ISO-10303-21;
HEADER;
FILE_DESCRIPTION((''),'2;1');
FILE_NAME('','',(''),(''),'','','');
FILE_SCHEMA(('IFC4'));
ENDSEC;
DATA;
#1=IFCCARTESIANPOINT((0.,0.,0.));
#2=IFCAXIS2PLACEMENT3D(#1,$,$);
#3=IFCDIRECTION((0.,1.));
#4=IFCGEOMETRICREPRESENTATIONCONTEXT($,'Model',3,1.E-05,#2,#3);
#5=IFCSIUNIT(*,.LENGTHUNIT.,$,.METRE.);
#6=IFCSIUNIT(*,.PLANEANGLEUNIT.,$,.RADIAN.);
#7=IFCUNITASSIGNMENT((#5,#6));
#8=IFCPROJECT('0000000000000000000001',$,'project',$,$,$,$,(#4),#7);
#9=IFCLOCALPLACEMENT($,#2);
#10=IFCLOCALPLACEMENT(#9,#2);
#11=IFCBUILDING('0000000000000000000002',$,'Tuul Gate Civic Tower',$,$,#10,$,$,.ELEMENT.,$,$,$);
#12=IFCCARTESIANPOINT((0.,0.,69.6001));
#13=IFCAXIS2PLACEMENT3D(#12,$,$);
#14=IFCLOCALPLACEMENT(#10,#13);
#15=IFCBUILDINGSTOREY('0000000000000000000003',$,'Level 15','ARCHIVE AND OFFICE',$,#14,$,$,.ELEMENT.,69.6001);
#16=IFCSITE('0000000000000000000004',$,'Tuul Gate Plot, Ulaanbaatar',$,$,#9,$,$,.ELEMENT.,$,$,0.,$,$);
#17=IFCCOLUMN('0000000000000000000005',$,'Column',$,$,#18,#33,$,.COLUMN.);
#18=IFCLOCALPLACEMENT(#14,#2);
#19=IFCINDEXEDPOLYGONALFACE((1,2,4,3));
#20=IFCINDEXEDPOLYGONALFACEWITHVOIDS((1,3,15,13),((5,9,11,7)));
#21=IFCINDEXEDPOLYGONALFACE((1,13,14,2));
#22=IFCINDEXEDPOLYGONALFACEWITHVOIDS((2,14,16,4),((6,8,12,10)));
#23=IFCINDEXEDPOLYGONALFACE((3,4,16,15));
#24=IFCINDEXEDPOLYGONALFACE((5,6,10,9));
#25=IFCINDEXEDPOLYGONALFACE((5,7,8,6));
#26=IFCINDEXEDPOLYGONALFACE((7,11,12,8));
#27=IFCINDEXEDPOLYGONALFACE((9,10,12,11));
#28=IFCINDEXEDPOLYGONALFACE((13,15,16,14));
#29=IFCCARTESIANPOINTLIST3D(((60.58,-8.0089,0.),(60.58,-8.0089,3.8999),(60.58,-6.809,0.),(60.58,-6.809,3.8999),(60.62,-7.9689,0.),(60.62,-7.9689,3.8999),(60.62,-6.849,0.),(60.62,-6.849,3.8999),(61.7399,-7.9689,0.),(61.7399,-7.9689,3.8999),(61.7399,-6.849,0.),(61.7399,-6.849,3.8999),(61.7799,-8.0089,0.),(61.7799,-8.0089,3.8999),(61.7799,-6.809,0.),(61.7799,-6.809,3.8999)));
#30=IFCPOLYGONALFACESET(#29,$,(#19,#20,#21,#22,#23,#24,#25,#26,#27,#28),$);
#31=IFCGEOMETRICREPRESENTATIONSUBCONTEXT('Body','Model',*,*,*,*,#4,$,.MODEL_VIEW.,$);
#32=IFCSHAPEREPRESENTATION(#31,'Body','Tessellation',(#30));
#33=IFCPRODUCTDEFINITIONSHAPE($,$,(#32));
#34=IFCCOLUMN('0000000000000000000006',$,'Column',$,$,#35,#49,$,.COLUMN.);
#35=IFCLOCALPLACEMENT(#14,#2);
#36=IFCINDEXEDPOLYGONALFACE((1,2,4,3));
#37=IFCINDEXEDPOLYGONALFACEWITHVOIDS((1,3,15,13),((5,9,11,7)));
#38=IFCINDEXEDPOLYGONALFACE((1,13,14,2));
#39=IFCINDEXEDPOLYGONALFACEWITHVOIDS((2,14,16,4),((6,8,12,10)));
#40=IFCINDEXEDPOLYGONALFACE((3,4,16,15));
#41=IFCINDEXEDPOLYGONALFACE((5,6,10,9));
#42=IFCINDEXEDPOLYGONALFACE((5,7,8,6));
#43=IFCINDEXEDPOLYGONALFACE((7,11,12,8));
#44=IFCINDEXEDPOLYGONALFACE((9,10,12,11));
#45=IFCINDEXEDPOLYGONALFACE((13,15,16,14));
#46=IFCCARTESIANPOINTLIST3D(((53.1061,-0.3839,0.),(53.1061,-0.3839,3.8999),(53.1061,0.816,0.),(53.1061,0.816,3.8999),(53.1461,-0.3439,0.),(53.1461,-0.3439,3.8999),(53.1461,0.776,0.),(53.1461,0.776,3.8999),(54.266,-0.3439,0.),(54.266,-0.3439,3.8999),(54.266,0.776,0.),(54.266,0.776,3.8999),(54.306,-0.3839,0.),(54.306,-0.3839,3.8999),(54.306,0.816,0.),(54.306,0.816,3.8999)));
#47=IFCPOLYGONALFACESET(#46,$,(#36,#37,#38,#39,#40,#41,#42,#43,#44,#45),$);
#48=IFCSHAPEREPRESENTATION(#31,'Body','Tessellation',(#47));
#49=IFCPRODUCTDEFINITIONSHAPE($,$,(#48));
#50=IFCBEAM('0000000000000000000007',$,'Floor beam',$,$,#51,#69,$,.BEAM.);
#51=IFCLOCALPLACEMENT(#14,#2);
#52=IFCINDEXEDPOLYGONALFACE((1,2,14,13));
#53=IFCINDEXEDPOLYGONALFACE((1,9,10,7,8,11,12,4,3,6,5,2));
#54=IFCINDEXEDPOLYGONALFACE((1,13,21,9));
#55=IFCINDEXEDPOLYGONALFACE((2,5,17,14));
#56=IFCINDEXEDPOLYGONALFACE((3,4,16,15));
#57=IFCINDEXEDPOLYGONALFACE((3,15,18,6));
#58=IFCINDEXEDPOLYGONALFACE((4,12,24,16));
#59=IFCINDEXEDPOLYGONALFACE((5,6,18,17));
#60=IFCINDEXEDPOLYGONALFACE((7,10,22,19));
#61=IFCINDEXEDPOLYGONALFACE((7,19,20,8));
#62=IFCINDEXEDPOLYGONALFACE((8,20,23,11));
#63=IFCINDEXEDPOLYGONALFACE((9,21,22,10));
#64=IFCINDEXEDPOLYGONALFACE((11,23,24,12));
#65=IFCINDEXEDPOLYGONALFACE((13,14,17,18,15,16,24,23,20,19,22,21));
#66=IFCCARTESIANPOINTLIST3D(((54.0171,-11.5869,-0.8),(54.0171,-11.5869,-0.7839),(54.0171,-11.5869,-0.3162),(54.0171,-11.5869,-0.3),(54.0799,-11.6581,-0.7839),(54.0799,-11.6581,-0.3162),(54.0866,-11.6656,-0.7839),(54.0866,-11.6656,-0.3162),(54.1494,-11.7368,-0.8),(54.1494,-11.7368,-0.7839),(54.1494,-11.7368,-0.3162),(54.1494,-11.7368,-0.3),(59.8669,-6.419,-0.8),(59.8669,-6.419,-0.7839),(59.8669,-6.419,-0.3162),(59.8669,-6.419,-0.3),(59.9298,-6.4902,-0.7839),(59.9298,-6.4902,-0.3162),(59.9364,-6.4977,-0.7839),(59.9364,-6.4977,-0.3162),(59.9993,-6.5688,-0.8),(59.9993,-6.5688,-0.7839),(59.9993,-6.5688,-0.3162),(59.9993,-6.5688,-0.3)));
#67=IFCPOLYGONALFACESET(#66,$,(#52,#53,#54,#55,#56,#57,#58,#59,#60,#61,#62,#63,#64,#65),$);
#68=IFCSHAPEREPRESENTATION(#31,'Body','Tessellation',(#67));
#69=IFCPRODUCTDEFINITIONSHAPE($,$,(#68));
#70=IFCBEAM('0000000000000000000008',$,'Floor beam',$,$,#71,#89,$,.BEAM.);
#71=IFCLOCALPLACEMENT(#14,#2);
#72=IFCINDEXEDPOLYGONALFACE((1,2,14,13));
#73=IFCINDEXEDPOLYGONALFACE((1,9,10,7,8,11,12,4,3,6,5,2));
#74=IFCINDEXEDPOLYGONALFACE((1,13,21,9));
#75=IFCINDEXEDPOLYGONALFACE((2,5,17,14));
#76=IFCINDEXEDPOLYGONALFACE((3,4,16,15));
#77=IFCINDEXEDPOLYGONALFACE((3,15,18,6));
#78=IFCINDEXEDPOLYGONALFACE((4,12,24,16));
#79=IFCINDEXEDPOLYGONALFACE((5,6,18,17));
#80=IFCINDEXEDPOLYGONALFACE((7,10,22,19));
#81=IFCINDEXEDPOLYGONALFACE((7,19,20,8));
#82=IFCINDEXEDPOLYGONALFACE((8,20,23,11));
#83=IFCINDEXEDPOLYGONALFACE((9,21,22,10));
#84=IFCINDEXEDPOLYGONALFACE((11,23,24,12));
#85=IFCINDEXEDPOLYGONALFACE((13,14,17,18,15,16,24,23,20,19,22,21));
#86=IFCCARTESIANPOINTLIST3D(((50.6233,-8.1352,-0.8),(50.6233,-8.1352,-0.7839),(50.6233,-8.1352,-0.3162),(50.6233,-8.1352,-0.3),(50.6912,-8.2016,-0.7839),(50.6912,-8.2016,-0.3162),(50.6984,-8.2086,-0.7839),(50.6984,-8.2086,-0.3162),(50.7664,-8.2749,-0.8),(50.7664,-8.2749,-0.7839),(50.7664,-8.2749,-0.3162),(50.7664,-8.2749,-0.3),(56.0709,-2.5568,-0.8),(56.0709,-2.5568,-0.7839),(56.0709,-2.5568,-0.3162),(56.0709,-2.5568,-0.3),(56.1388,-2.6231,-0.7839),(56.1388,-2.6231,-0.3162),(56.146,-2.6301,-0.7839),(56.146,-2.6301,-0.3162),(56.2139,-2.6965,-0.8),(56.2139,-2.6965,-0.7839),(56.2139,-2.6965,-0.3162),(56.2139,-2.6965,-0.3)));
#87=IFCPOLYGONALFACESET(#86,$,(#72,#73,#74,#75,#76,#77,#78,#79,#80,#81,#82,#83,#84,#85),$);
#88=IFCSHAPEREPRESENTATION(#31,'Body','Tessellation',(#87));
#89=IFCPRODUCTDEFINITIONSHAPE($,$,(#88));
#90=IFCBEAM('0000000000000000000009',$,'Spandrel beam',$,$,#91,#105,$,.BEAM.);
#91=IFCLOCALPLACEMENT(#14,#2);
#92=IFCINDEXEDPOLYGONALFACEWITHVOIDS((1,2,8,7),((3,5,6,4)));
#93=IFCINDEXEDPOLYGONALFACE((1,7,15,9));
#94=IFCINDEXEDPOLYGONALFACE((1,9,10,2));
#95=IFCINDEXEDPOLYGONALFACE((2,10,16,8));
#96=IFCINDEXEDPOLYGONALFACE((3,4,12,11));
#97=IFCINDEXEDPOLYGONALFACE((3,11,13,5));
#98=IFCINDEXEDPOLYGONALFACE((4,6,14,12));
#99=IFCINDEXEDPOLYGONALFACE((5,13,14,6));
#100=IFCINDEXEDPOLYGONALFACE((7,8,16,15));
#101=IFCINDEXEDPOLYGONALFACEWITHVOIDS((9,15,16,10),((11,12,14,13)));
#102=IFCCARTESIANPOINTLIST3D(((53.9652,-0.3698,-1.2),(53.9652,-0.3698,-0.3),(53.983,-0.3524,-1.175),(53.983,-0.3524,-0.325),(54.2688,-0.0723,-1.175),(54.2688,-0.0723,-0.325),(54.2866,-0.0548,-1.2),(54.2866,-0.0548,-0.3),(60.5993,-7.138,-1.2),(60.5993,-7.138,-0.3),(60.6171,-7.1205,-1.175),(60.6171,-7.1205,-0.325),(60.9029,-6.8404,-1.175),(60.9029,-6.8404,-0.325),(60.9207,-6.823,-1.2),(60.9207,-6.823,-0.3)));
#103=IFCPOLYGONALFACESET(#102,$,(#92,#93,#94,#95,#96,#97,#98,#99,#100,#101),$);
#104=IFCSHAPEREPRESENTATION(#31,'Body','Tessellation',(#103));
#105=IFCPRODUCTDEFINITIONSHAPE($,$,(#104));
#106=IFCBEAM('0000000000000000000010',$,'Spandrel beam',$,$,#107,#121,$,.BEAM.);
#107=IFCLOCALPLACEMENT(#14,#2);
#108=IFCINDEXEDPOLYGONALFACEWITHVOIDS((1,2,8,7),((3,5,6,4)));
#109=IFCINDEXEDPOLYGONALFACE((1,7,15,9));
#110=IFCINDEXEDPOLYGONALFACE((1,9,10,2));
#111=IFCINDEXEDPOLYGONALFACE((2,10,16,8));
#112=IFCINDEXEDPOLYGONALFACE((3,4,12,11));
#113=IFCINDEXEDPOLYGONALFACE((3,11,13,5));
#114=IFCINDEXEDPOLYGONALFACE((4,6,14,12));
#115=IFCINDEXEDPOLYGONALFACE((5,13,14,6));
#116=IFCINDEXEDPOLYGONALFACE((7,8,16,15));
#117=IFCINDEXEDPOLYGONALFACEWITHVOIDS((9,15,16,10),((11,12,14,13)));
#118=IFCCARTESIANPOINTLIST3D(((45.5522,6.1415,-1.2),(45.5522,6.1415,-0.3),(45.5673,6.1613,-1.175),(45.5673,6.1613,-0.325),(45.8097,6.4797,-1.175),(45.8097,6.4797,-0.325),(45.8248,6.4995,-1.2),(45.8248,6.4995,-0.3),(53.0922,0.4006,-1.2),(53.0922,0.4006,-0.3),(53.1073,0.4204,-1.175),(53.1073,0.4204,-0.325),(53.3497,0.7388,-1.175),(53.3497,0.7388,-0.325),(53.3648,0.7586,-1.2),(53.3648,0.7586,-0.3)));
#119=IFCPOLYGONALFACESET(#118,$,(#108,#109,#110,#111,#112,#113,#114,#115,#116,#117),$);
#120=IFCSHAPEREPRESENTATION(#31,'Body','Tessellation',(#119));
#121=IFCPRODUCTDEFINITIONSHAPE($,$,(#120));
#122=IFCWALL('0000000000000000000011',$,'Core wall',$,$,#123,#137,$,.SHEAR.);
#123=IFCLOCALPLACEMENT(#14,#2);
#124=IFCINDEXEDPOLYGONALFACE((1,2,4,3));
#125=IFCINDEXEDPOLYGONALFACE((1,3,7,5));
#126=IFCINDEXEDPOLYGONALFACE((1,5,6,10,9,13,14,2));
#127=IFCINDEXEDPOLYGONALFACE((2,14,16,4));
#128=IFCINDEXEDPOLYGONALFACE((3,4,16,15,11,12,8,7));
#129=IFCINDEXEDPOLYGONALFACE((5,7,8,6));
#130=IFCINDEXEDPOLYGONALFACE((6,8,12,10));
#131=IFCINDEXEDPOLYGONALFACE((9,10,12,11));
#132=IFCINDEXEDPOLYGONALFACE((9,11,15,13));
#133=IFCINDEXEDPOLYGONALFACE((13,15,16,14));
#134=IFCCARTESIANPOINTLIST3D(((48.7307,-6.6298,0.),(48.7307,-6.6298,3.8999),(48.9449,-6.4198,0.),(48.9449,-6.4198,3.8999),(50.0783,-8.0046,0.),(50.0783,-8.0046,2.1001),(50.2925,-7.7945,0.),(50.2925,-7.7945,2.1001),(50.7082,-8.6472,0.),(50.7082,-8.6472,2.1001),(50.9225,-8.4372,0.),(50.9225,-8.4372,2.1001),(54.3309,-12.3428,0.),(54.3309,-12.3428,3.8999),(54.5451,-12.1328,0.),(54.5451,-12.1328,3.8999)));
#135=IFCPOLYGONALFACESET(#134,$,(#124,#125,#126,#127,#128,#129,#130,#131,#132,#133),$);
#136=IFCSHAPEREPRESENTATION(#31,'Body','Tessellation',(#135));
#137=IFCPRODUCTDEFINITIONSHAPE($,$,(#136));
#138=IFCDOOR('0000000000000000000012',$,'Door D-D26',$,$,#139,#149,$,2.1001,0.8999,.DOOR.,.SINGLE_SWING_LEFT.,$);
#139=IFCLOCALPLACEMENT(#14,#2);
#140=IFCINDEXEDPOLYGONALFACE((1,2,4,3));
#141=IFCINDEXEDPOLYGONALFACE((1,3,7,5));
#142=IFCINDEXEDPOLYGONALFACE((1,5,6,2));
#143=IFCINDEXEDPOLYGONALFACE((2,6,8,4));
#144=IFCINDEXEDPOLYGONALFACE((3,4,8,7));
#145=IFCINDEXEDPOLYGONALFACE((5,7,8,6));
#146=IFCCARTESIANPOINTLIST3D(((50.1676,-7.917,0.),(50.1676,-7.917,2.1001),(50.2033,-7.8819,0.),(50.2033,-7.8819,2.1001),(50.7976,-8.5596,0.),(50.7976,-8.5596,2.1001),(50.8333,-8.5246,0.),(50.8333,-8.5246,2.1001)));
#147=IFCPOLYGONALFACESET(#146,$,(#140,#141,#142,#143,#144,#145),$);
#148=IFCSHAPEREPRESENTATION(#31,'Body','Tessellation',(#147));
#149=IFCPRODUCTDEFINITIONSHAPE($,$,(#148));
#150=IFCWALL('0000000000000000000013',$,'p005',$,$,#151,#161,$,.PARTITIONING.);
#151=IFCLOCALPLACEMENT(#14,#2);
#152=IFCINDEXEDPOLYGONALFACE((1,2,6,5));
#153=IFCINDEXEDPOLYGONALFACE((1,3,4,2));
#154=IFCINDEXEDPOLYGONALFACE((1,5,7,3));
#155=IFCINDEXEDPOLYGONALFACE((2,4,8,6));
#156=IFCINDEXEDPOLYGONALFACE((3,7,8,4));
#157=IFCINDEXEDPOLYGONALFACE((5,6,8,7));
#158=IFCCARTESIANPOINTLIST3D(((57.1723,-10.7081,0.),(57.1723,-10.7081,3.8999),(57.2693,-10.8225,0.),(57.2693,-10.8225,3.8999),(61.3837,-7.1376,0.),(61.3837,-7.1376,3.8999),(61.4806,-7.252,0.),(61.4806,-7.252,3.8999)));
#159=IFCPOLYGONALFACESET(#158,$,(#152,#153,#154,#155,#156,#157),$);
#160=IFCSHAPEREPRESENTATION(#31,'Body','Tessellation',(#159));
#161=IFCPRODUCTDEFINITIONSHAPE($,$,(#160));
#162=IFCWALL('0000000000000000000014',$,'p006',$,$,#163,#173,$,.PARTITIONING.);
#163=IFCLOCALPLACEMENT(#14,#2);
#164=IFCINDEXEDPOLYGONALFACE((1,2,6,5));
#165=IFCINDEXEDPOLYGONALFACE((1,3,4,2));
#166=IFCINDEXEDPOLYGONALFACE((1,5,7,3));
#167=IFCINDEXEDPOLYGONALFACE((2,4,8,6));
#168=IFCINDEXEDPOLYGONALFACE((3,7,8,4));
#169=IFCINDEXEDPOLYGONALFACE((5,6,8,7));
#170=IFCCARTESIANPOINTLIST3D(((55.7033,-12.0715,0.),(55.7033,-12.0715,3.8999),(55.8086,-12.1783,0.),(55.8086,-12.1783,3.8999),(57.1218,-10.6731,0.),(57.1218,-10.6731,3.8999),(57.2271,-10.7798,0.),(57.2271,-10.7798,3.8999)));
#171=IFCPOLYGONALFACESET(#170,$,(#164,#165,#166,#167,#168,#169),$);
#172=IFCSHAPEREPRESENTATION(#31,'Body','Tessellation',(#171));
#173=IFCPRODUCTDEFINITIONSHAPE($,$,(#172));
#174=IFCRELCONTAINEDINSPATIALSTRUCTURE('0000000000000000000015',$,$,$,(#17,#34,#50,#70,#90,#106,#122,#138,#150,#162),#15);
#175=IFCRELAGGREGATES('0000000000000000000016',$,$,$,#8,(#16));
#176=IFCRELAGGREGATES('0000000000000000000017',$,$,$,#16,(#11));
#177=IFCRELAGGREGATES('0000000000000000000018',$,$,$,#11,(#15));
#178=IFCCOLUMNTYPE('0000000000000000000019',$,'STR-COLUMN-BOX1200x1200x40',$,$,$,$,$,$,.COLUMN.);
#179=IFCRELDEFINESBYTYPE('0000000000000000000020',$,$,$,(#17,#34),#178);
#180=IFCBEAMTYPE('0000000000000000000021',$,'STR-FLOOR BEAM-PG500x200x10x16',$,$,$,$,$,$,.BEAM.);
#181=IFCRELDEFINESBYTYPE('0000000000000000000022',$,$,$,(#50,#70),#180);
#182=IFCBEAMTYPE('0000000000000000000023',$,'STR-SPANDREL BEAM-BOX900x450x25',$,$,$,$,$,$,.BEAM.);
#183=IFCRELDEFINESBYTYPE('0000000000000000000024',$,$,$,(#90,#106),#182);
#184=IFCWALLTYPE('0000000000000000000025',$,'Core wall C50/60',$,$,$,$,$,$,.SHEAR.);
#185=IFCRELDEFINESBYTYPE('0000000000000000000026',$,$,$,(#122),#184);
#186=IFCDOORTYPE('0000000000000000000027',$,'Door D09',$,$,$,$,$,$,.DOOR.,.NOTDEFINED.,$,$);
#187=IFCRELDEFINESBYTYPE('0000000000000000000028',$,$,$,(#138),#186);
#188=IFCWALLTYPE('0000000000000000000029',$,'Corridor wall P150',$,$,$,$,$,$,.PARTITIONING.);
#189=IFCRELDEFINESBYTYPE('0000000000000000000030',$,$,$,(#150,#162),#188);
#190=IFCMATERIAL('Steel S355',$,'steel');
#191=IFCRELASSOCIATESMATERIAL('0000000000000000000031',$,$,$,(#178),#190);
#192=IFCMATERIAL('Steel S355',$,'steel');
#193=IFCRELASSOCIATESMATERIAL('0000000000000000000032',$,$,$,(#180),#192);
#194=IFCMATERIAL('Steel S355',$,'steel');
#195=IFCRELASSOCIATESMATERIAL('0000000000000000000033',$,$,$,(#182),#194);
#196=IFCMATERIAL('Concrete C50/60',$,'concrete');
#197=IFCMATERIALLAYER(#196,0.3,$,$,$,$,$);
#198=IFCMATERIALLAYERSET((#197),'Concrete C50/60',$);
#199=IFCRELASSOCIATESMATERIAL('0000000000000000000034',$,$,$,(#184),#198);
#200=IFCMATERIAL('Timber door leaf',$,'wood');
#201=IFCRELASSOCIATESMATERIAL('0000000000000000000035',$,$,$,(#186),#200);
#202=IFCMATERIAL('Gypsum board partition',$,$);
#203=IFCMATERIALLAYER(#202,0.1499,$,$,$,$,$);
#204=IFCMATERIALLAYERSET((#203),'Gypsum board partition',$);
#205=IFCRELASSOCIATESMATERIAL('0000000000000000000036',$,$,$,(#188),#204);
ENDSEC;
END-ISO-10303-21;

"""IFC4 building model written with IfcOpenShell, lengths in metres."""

from ifc_helpers import new_model, si_unit, direction, frame, frame_2d, origin, origin_2d, place, context, subcontext, project, spatial, rectangle, hollow_rectangle, i_section, extrude, material, layer, layer_set, material_profile, profile_set, type_object, element, fill, save


model = new_model("IFC4")

# Units and contexts
model_context = context("Model", 3, precision=1e-05, world=origin(), true_north=direction((0.0, 1.0)))
body_context = subcontext(model_context, "Body", "Model", "MODEL_VIEW")
ifc_project = project(units=[si_unit("LENGTHUNIT", "METRE"), si_unit("PLANEANGLEUNIT", "RADIAN")], contexts=[model_context])

# Site, building, storey
site_placement = place(None, origin())
site = spatial("IfcSite", under=ifc_project, at=site_placement, Name="Tuul Gate Plot, Ulaanbaatar", CompositionType="ELEMENT", RefElevation=0.0)
building_placement = place(site_placement, origin())
building = spatial("IfcBuilding", under=site, at=building_placement, Name="Tuul Gate Civic Tower", CompositionType="ELEMENT")
storey_placement = place(building_placement, frame((0.0, 0.0, 69.6001)))
storey = spatial("IfcBuildingStorey", under=building, at=storey_placement, Name="Level 15", Description="ARCHIVE AND OFFICE", CompositionType="ELEMENT", Elevation=69.6001)

# Columns
ifc_material_1 = material(Name="Steel S355", Category="steel")
ifc_material_profile_1 = material_profile(ifc_material_1, hollow_rectangle(XDim=1.2, YDim=1.2, WallThickness=0.04, at=origin_2d()), Name="BOX1200x1200x40")
ifc_profile_set_1 = profile_set([ifc_material_profile_1], Name="Steel S355")
column_type = type_object("IfcColumnType", Name="STR-COLUMN-BOX1200x1200x40", PredefinedType="COLUMN", material=ifc_profile_set_1)
for number, where, z_axis, x_axis, name in (
    (1, (61.1799, -7.4089, 0.0), (0.0, 0.0, 1.0), (1.0, 0.0, 0.0), "Column"),
    (2, (53.7061, 0.2161, 0.0), (0.0, 0.0, 1.0), (1.0, 0.0, 0.0), "Column"),
):
    element("IfcColumn", number, at=place(storey_placement, frame(where, z_axis=z_axis, x_axis=x_axis)), inside=storey, type_object=column_type, Name=name, PredefinedType="COLUMN", context=body_context, shape_type="SweptSolid", body=[
        extrude(hollow_rectangle(XDim=1.2, YDim=1.2, WallThickness=0.04, at=origin_2d()), origin(), (0.0, 0.0, 1.0), 3.8999),
    ])

# Beams
ifc_material_2 = material(Name="Steel S355", Category="steel")
ifc_material_profile_2 = material_profile(ifc_material_2, i_section(OverallWidth=0.2, OverallDepth=0.5, WebThickness=0.01, FlangeThickness=0.0161, at=origin_2d()), Name="PG500x200x10x16")
ifc_profile_set_2 = profile_set([ifc_material_profile_2], Name="Steel S355")
beam_type_1 = type_object("IfcBeamType", Name="STR-FLOOR BEAM-PG500x200x10x16", PredefinedType="BEAM", material=ifc_profile_set_2)
beam_1_placement = place(storey_placement, frame((54.0833, -11.6619, -0.55), z_axis=(0.749435, 0.662078, 0.0), x_axis=(-0.662078, 0.749435, 0.0)))
element("IfcBeam", 3, at=beam_1_placement, inside=storey, type_object=beam_type_1, Name="Floor beam", PredefinedType="BEAM", context=body_context, shape_type="SweptSolid", body=[
    extrude(i_section(OverallWidth=0.2, OverallDepth=0.5, WebThickness=0.01, FlangeThickness=0.0161, at=origin_2d()), origin(), (0.0, 0.0, 1.0), 7.8057),
])
beam_2_placement = place(storey_placement, frame((50.6948, -8.2051, -0.55), z_axis=(0.698665, 0.715449, 0.0), x_axis=(-0.715449, 0.698665, 0.0)))
element("IfcBeam", 4, at=beam_2_placement, inside=storey, type_object=beam_type_1, Name="Floor beam", PredefinedType="BEAM", context=body_context, shape_type="SweptSolid", body=[
    extrude(i_section(OverallWidth=0.2, OverallDepth=0.5, WebThickness=0.01, FlangeThickness=0.0161, at=origin_2d()), origin(), (0.0, 0.0, 1.0), 7.7971),
])
ifc_material_3 = material(Name="Steel S355", Category="steel")
ifc_material_profile_3 = material_profile(ifc_material_3, hollow_rectangle(XDim=0.45, YDim=0.8999, WallThickness=0.0249, at=origin_2d()), Name="BOX900x450x25")
ifc_profile_set_3 = profile_set([ifc_material_profile_3], Name="Steel S355")
beam_type_2 = type_object("IfcBeamType", Name="STR-SPANDREL BEAM-BOX900x450x25", PredefinedType="BEAM", material=ifc_profile_set_3)
beam_3_placement = place(storey_placement, frame((60.76, -6.9805, -0.75), z_axis=(-0.7, 0.714143, 0.0), x_axis=(-0.714143, -0.7, 0.0)))
element("IfcBeam", 5, at=beam_3_placement, inside=storey, type_object=beam_type_2, Name="Spandrel beam", PredefinedType="BEAM", context=body_context, shape_type="SweptSolid", body=[
    extrude(hollow_rectangle(XDim=0.45, YDim=0.8999, WallThickness=0.0249, at=origin_2d()), origin(), (0.0, 0.0, 1.0), 9.4773),
])
beam_4_placement = place(storey_placement, frame((53.2285, 0.5796, -0.75), z_axis=(-0.795626, 0.605788, 0.0), x_axis=(-0.605788, -0.795626, 0.0)))
element("IfcBeam", 6, at=beam_4_placement, inside=storey, type_object=beam_type_2, Name="Spandrel beam", PredefinedType="BEAM", context=body_context, shape_type="SweptSolid", body=[
    extrude(hollow_rectangle(XDim=0.45, YDim=0.8999, WallThickness=0.0249, at=origin_2d()), origin(), (0.0, 0.0, 1.0), 9.4768),
])

# Wall, opening, door
ifc_material_4 = material(Name="Concrete C50/60", Category="concrete")
ifc_layer_1 = layer(ifc_material_4, 0.3)
ifc_layer_set_1 = layer_set([ifc_layer_1], Name="Concrete C50/60")
wall_type_1 = type_object("IfcWallType", Name="Core wall C50/60", PredefinedType="SHEAR", material=ifc_layer_set_1)
wall_1_placement = place(storey_placement, frame((54.438, -12.2378, 0.0), z_axis=(0.0, 0.0, 1.0), x_axis=(-0.700022, 0.714121, 0.0)))
wall_1 = element("IfcWall", 7, at=wall_1_placement, inside=storey, type_object=wall_type_1, Name="Core wall", PredefinedType="SHEAR", context=body_context, shape_type="SweptSolid", body=[
    extrude(rectangle(XDim=8.0, YDim=0.3, at=frame_2d((4.0, 0.0))), origin(), (0.0, 0.0, 1.0), 3.8999),
])
opening_1_placement = place(wall_1_placement, frame((5.175, 0.0, 0.0)))
opening_1 = element("IfcOpeningElement", 8, at=opening_1_placement, cuts=wall_1, PredefinedType="OPENING", context=body_context, shape_type="SweptSolid", body=[
    extrude(rectangle(XDim=0.8999, YDim=2.1001, at=frame_2d((0.45, 1.05))), frame((0.0, 0.1602, 0.0), z_axis=(0.0, -1.0, 0.0), x_axis=(1.0, 0.0, 0.0)), (0.0, 0.0, 1.0), 0.3201),
])
ifc_material_5 = material(Name="Timber door leaf", Category="wood")
door_type_1 = type_object("IfcDoorType", Name="Door D09", OperationType="NOTDEFINED", PredefinedType="DOOR", material=ifc_material_5)
door_1_placement = place(opening_1_placement, origin())
door_1 = element("IfcDoor", 9, at=door_1_placement, inside=storey, type_object=door_type_1, Name="Door D-D26", OperationType="SINGLE_SWING_LEFT", OverallHeight=2.1001, OverallWidth=0.8999, PredefinedType="DOOR", context=body_context, shape_type="SweptSolid", body=[
    extrude(rectangle(XDim=0.8999, YDim=2.1001, at=frame_2d((0.45, 1.05))), frame((0.0, 0.0249, 0.0), z_axis=(0.0, -1.0, 0.0), x_axis=(1.0, 0.0, 0.0)), (0.0, 0.0, 1.0), 0.05),
])
fill(opening_1, door_1)

# Walls
ifc_material_6 = material(Name="Gypsum board partition")
ifc_layer_2 = layer(ifc_material_6, 0.1499)
ifc_layer_set_2 = layer_set([ifc_layer_2], Name="Gypsum board partition")
wall_type_2 = type_object("IfcWallType", Name="Corridor wall P150", PredefinedType="PARTITIONING", material=ifc_layer_set_2)
wall_2_placement = place(storey_placement, frame((57.2207, -10.7654, 0.0), z_axis=(0.0, 0.0, 1.0), x_axis=(0.762757, 0.646685, 0.0)))
element("IfcWall", 10, at=wall_2_placement, inside=storey, type_object=wall_type_2, Name="p005", PredefinedType="PARTITIONING", context=body_context, shape_type="SweptSolid", body=[
    extrude(rectangle(XDim=5.5212, YDim=0.1499, at=frame_2d((2.7607, 0.0))), origin(), (0.0, 0.0, 1.0), 3.8999),
])
wall_3_placement = place(storey_placement, frame((55.7559, -12.125, 0.0), z_axis=(0.0, 0.0, 1.0), x_axis=(0.712114, 0.702064, 0.0)))
element("IfcWall", 11, at=wall_3_placement, inside=storey, type_object=wall_type_2, Name="p006", PredefinedType="PARTITIONING", context=body_context, shape_type="SweptSolid", body=[
    extrude(rectangle(XDim=1.9919, YDim=0.1499, at=frame_2d((0.9961, 0.0))), origin(), (0.0, 0.0, 1.0), 3.8999),
])

save(model, "model.ifc")
